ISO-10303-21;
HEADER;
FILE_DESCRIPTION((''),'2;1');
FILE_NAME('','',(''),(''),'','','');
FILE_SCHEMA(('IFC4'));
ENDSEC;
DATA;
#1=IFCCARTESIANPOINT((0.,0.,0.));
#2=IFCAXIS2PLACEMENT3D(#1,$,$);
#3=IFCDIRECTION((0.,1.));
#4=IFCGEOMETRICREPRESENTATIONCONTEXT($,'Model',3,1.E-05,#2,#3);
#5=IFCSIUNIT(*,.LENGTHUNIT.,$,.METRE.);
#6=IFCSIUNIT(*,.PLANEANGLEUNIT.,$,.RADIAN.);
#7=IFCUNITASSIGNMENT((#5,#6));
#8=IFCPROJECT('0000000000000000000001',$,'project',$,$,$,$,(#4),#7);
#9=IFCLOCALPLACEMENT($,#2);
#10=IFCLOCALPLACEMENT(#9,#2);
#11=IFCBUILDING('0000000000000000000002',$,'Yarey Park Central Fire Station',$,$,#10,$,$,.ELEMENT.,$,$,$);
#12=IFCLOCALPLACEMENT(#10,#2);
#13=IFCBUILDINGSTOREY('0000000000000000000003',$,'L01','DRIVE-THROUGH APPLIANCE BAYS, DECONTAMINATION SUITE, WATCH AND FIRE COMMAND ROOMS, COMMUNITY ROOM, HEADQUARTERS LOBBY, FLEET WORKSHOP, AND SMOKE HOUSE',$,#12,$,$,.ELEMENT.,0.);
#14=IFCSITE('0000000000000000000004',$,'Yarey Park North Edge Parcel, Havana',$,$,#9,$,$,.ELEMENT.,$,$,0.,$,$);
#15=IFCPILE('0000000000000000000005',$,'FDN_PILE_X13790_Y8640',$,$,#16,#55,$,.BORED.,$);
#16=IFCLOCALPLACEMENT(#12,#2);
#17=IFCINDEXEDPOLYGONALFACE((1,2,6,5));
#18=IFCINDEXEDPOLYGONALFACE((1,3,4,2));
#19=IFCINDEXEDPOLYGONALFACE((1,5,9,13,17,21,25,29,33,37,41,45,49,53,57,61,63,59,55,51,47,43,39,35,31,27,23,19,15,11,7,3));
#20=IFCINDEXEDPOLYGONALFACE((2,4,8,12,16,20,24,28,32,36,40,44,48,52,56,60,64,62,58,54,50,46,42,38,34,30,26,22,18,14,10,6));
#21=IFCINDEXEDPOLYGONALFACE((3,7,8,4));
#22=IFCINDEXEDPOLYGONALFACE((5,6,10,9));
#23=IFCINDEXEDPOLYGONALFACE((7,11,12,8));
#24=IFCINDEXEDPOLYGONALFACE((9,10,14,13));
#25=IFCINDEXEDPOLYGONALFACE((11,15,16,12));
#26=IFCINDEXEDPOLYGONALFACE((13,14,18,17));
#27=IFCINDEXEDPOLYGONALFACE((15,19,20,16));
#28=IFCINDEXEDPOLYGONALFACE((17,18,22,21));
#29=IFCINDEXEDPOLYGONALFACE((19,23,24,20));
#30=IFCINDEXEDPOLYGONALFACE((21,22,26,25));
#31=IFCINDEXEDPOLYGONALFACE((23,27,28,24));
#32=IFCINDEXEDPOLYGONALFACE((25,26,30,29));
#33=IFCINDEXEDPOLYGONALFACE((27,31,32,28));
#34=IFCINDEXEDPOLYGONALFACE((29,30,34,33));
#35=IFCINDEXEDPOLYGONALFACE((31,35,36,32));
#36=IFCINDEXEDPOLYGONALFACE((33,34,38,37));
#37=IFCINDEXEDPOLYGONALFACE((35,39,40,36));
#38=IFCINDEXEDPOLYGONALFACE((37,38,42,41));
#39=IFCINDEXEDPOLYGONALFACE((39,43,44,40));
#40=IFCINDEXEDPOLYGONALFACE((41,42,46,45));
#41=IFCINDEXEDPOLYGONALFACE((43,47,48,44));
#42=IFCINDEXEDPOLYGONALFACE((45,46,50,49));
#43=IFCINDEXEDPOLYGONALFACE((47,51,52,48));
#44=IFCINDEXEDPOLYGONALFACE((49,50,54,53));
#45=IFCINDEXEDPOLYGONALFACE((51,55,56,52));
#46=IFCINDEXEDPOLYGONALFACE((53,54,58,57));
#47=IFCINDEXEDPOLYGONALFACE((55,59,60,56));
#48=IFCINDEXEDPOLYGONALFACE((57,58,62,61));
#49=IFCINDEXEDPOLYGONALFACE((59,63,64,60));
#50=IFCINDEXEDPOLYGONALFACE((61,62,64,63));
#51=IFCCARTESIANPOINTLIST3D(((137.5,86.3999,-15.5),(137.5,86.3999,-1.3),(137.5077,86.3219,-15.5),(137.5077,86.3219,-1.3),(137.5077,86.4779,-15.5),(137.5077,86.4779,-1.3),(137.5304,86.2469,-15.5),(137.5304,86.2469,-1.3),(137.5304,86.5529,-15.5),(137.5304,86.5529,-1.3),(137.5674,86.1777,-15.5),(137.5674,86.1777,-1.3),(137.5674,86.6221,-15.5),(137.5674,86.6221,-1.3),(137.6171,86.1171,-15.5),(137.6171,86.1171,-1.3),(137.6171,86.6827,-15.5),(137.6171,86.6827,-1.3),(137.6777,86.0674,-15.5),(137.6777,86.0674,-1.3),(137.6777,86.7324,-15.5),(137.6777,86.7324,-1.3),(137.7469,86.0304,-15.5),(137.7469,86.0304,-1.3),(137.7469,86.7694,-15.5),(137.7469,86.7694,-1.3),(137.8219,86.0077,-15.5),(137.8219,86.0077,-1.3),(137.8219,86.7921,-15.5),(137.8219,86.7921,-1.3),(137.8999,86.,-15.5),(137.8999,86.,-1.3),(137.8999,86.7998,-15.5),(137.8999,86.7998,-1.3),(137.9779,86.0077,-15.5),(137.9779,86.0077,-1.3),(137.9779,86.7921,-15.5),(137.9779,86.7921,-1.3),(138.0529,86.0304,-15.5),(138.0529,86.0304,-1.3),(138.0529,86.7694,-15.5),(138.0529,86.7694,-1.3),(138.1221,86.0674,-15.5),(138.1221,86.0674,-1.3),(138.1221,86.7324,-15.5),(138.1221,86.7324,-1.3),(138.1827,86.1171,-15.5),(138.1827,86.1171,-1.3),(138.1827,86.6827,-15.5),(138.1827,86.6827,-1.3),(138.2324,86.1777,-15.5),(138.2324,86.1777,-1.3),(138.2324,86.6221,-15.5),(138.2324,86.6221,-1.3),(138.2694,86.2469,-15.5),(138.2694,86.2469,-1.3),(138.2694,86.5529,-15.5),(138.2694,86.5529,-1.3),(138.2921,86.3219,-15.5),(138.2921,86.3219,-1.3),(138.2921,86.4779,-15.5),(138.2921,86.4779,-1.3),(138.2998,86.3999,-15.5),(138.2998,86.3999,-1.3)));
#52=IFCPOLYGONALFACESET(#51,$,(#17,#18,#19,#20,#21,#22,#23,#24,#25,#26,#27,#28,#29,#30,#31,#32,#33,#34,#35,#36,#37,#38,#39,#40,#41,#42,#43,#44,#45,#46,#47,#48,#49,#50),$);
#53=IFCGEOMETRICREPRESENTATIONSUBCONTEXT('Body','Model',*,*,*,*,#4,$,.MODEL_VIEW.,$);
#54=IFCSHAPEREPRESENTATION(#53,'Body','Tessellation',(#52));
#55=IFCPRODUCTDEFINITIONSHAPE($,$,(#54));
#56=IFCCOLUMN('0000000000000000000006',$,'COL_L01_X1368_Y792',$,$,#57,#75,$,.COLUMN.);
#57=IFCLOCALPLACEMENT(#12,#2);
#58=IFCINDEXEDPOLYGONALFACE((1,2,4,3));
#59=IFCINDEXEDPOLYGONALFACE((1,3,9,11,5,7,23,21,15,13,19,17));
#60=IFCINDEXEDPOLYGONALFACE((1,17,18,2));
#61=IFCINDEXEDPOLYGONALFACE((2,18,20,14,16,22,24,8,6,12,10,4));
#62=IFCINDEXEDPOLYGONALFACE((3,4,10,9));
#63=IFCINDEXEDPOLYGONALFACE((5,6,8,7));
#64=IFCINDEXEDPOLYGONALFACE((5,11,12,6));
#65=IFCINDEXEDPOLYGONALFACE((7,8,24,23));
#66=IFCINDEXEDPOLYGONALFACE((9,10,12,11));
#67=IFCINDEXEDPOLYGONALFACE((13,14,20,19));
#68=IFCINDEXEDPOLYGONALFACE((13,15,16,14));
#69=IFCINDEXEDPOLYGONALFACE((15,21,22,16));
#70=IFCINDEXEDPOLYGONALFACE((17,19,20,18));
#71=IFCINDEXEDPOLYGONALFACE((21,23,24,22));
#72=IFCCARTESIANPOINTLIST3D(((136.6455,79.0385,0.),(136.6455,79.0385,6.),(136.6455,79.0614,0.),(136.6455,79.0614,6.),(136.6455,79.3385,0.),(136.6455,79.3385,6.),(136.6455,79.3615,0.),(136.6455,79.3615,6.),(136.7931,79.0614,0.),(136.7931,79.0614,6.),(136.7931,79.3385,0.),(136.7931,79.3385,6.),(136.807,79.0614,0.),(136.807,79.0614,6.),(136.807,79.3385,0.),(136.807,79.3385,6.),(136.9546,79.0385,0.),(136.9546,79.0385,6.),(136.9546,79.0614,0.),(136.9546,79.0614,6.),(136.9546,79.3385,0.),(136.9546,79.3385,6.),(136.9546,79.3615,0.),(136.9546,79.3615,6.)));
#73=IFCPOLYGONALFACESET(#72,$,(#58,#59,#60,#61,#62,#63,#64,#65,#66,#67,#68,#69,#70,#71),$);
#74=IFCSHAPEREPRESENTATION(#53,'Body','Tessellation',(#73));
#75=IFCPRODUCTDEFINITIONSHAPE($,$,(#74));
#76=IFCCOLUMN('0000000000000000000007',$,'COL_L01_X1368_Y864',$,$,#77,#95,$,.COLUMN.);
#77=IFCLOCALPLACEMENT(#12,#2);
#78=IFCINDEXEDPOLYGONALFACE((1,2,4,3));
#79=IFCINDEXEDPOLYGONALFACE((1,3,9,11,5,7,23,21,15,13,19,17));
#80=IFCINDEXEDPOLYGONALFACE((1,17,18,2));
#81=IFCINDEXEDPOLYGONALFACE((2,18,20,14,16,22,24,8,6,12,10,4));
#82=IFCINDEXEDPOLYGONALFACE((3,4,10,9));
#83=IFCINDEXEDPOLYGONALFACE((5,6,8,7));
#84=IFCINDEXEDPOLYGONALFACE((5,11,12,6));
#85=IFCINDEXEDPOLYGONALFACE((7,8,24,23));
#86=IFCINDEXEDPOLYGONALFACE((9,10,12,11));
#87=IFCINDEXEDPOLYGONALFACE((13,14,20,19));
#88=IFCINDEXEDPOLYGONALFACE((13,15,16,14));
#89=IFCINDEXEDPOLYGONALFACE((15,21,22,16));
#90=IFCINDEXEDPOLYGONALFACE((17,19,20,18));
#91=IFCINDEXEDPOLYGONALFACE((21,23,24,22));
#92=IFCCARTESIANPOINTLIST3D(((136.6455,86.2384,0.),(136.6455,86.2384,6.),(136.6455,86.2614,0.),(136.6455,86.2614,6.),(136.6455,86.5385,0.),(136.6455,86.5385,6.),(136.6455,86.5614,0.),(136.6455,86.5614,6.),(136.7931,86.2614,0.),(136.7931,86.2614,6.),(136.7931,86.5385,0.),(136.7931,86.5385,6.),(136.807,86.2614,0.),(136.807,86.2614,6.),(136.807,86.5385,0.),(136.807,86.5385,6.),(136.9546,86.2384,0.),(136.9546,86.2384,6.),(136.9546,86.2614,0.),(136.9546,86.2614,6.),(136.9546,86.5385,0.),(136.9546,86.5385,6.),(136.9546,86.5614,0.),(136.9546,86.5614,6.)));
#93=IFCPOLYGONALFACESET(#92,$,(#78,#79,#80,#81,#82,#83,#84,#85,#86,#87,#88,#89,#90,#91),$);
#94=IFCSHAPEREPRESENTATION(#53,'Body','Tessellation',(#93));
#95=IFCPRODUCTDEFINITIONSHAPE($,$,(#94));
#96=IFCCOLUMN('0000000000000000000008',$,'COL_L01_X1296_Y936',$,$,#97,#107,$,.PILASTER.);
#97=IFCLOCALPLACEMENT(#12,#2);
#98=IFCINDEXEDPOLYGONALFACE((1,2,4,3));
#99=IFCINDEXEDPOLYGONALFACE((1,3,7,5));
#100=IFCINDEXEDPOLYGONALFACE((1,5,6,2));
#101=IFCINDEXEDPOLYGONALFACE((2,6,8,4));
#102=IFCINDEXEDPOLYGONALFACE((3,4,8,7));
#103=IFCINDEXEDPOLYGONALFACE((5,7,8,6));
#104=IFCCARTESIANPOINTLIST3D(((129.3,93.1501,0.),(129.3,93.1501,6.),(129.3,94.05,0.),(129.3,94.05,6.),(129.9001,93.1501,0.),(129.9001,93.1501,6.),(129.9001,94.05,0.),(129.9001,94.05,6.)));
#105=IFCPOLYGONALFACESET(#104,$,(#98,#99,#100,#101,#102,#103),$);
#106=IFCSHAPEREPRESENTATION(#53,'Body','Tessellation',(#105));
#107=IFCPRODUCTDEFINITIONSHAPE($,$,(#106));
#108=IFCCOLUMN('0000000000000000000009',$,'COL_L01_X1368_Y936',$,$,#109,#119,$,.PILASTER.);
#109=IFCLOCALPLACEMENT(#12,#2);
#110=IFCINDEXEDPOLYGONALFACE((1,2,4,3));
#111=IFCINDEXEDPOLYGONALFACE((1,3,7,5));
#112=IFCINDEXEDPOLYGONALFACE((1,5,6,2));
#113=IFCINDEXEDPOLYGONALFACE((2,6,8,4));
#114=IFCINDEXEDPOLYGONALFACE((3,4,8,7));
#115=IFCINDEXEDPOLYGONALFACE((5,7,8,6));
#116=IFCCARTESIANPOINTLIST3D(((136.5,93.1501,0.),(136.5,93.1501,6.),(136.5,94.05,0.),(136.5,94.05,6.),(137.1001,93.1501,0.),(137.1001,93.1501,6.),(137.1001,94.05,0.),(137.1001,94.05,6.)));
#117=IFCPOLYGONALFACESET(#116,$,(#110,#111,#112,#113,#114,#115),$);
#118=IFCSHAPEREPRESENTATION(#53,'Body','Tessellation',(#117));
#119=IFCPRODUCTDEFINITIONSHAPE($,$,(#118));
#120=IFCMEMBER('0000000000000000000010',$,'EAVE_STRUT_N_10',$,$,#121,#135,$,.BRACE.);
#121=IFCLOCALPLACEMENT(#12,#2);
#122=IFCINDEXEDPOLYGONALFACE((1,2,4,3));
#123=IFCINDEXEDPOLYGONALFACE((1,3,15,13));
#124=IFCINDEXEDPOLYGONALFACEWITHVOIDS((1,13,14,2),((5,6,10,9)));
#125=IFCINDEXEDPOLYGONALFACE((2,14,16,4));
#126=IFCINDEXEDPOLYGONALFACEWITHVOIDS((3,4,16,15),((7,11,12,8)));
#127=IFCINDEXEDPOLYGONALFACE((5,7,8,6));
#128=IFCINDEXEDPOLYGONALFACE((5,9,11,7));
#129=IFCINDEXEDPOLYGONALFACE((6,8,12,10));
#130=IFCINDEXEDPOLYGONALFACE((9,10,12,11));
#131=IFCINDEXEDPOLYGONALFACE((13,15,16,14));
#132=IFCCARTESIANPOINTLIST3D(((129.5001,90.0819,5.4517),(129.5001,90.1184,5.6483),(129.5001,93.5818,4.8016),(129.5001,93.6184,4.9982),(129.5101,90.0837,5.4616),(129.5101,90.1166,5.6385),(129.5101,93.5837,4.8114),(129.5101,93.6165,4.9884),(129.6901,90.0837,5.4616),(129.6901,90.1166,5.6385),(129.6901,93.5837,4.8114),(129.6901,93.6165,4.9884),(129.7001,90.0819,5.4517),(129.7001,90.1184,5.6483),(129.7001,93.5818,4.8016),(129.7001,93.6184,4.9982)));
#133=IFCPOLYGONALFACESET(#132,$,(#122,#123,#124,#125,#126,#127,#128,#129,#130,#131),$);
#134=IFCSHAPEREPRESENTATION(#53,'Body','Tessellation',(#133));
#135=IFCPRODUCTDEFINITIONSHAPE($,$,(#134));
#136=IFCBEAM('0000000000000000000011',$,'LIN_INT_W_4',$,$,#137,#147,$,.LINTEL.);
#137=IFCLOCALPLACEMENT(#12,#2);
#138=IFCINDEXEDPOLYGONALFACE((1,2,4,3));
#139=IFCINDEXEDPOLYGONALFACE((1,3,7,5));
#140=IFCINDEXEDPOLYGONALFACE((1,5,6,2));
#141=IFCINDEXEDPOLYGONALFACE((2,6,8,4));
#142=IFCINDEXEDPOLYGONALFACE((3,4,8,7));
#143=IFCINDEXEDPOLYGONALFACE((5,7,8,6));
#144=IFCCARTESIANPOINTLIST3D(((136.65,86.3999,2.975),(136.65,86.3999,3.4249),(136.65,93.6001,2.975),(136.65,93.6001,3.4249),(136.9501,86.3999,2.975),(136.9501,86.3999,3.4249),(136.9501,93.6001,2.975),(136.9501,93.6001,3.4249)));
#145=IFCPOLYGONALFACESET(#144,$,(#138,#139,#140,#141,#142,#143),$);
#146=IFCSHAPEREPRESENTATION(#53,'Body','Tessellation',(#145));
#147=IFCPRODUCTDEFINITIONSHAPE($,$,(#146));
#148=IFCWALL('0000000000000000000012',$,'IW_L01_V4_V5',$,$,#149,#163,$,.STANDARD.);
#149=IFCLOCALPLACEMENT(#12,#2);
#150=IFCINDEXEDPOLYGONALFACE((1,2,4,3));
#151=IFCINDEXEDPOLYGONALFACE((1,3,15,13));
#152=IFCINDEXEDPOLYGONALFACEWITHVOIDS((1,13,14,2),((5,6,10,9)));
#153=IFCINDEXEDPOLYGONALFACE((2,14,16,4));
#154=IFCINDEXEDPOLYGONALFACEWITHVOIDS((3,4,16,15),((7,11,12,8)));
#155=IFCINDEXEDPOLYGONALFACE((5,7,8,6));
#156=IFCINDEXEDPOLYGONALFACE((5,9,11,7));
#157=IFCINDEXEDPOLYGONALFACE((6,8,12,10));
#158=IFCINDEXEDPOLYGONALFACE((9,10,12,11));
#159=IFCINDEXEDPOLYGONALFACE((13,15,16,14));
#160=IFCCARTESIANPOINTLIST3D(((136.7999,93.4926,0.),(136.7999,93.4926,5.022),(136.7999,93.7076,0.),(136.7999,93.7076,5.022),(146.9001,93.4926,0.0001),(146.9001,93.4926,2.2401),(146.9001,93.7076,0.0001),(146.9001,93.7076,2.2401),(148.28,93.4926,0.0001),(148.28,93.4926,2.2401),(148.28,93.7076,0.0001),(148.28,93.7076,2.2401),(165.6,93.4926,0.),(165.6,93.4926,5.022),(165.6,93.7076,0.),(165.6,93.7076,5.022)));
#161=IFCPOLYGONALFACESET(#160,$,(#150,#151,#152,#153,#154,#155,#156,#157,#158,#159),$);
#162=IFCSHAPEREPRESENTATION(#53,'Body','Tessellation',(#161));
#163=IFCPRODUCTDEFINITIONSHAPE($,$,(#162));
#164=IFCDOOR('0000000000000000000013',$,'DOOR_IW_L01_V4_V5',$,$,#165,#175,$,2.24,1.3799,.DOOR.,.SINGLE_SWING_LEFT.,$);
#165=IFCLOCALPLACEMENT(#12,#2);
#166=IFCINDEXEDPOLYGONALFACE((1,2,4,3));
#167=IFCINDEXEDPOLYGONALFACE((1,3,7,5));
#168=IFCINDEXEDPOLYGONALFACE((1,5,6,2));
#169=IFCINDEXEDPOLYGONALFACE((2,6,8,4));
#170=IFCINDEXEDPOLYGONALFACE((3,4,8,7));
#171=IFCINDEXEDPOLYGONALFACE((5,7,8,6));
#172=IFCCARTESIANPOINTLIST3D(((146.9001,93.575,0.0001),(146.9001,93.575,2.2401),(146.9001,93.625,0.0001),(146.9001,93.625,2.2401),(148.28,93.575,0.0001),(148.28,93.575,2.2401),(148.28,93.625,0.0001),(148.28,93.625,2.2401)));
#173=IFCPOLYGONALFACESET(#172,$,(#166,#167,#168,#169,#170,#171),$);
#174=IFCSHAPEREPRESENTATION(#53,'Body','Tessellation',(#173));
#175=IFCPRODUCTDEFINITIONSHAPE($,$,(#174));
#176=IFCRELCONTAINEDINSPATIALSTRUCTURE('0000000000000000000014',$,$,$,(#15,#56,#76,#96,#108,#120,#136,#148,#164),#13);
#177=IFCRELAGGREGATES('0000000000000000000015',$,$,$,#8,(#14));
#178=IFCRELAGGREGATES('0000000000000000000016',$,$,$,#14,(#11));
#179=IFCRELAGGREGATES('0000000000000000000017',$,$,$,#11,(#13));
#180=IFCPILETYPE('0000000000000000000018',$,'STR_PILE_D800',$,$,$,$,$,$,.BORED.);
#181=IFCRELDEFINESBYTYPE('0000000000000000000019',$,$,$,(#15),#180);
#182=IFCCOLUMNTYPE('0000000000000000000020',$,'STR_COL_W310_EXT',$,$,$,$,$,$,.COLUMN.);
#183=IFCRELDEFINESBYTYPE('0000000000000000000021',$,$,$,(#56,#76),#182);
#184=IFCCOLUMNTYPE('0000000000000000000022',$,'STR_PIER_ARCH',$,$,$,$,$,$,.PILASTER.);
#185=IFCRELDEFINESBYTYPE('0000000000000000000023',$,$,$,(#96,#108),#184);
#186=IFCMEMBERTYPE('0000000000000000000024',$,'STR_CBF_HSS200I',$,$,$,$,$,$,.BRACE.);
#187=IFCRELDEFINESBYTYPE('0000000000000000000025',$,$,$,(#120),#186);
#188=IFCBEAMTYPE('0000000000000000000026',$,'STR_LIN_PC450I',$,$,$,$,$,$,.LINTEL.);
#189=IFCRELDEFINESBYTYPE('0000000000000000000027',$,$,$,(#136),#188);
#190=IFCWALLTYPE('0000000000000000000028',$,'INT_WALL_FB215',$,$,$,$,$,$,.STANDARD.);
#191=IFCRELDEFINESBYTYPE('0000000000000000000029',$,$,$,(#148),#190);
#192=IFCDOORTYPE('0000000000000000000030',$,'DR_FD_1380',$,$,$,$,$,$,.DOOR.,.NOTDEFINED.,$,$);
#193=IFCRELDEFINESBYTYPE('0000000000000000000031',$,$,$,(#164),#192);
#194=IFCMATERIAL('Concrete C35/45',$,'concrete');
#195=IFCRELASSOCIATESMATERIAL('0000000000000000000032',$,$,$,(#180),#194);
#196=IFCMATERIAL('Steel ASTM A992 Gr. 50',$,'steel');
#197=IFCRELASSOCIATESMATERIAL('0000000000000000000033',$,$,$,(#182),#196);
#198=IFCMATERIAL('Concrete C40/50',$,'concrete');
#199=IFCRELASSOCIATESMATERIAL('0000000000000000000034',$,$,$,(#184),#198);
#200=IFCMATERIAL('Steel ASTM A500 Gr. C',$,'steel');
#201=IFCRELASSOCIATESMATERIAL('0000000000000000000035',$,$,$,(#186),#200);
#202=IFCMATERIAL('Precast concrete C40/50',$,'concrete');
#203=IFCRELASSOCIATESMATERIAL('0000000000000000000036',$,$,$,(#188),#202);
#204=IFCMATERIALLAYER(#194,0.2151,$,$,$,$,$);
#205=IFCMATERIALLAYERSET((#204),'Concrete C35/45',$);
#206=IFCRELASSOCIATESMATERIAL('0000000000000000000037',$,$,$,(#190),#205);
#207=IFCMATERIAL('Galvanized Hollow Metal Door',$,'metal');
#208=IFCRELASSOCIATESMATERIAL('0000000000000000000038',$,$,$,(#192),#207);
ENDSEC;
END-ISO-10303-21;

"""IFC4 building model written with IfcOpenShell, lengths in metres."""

from ifc_helpers import new_model, si_unit, direction, frame, frame_2d, origin, origin_2d, place, context, subcontext, project, spatial, rectangle, hollow_rectangle, circle, i_section, extrude, material, layer, layer_set, material_profile, profile_set, type_object, element, fill, save


model = new_model("IFC4")

# Units and contexts
model_context = context("Model", 3, precision=1e-05, world=origin(), true_north=direction((0.0, 1.0)))
body_context = subcontext(model_context, "Body", "Model", "MODEL_VIEW")
ifc_project = project(units=[si_unit("LENGTHUNIT", "METRE"), si_unit("PLANEANGLEUNIT", "RADIAN")], contexts=[model_context])

# Site, building, storey
site_placement = place(None, origin())
site = spatial("IfcSite", under=ifc_project, at=site_placement, Name="Yarey Park North Edge Parcel, Havana", CompositionType="ELEMENT", RefElevation=0.0)
building_placement = place(site_placement, origin())
building = spatial("IfcBuilding", under=site, at=building_placement, Name="Yarey Park Central Fire Station", CompositionType="ELEMENT")
storey_placement = place(building_placement, origin())
storey = spatial("IfcBuildingStorey", under=building, at=storey_placement, Name="L01", Description="DRIVE-THROUGH APPLIANCE BAYS, DECONTAMINATION SUITE, WATCH AND FIRE COMMAND ROOMS, COMMUNITY ROOM, HEADQUARTERS LOBBY, FLEET WORKSHOP, AND SMOKE HOUSE", CompositionType="ELEMENT", Elevation=0.0)

# Shared definitions
ifc_material_1 = material(Name="Concrete C35/45", Category="concrete")

# Pile
ifc_material_profile_1 = material_profile(ifc_material_1, circle(Radius=0.3999, at=origin_2d()), Name="BORED PILE D800")
ifc_profile_set_1 = profile_set([ifc_material_profile_1], Name="Concrete C35/45")
pile_type_1 = type_object("IfcPileType", Name="STR_PILE_D800", PredefinedType="BORED", material=ifc_profile_set_1)
for number, where, z_axis, x_axis, name in (
    (1, (137.8999, 86.3999, -1.3), (0.0, 0.0, -1.0), (1.0, 0.0, 0.0), "FDN_PILE_X13790_Y8640"),
):
    element("IfcPile", number, at=place(storey_placement, frame(where, z_axis=z_axis, x_axis=x_axis)), inside=storey, type_object=pile_type_1, Name=name, PredefinedType="BORED", context=body_context, shape_type="SweptSolid", body=[
        extrude(circle(Radius=0.3999, at=origin_2d()), origin(), (0.0, 0.0, 1.0), 14.2),
    ])

# Columns
ifc_material_2 = material(Name="Steel ASTM A992 Gr. 50", Category="steel")
ifc_material_profile_2 = material_profile(ifc_material_2, i_section(OverallWidth=0.3091, OverallDepth=0.323, WebThickness=0.0139, FlangeThickness=0.0229, at=origin_2d()), Name="W310x143")
ifc_profile_set_2 = profile_set([ifc_material_profile_2], Name="Steel ASTM A992 Gr. 50")
column_type_1 = type_object("IfcColumnType", Name="STR_COL_W310_EXT", PredefinedType="COLUMN", material=ifc_profile_set_2)
for number, where, z_axis, x_axis, name in (
    (2, (136.8, 79.2, 0.0), (0.0, 0.0, 1.0), (1.0, 0.0, 0.0), "COL_L01_X1368_Y792"),
    (3, (136.8, 86.3999, 0.0), (0.0, 0.0, 1.0), (1.0, 0.0, 0.0), "COL_L01_X1368_Y864"),
):
    element("IfcColumn", number, at=place(storey_placement, frame(where, z_axis=z_axis, x_axis=x_axis)), inside=storey, type_object=column_type_1, Name=name, PredefinedType="COLUMN", context=body_context, shape_type="SweptSolid", body=[
        extrude(i_section(OverallWidth=0.3091, OverallDepth=0.323, WebThickness=0.0139, FlangeThickness=0.0229, at=origin_2d()), origin(), (0.0, 0.0, 1.0), 6.0),
    ])
ifc_material_3 = material(Name="Concrete C40/50", Category="concrete")
ifc_material_profile_3 = material_profile(ifc_material_3, rectangle(XDim=0.6001, YDim=0.8999, at=origin_2d()), Name="RC 900x600")
ifc_profile_set_3 = profile_set([ifc_material_profile_3], Name="Concrete C40/50")
column_type_2 = type_object("IfcColumnType", Name="STR_PIER_ARCH", PredefinedType="PILASTER", material=ifc_profile_set_3)
for number, where, z_axis, x_axis, name in (
    (4, (129.6001, 93.6001, 0.0), (0.0, 0.0, 1.0), (1.0, 0.0, 0.0), "COL_L01_X1296_Y936"),
    (5, (136.8, 93.6001, 0.0), (0.0, 0.0, 1.0), (1.0, 0.0, 0.0), "COL_L01_X1368_Y936"),
):
    element("IfcColumn", number, at=place(storey_placement, frame(where, z_axis=z_axis, x_axis=x_axis)), inside=storey, type_object=column_type_2, Name=name, PredefinedType="PILASTER", context=body_context, shape_type="SweptSolid", body=[
        extrude(rectangle(XDim=0.6001, YDim=0.8999, at=origin_2d()), origin(), (0.0, 0.0, 1.0), 6.0),
    ])

# Member
ifc_material_4 = material(Name="Steel ASTM A500 Gr. C", Category="steel")
ifc_material_profile_4 = material_profile(ifc_material_4, hollow_rectangle(XDim=0.2, YDim=0.2, WallThickness=0.01, at=origin_2d()), Name="HSS 200x200x10")
ifc_profile_set_4 = profile_set([ifc_material_profile_4], Name="Steel ASTM A500 Gr. C")
member_type = type_object("IfcMemberType", Name="STR_CBF_HSS200I", PredefinedType="BRACE", material=ifc_profile_set_4)
member_placement = place(storey_placement, frame((129.6001, 93.6001, 4.8999), z_axis=(0.0, -0.983181, 0.182632), x_axis=(1.0, 0.0, 0.0)))
element("IfcMember", 6, at=member_placement, inside=storey, type_object=member_type, Name="EAVE_STRUT_N_10", PredefinedType="BRACE", context=body_context, shape_type="SweptSolid", body=[
    extrude(hollow_rectangle(XDim=0.2, YDim=0.2, WallThickness=0.01, at=origin_2d()), origin(), (0.0, 0.0, 1.0), 3.5598),
])

# Beam
ifc_material_5 = material(Name="Precast concrete C40/50", Category="concrete")
ifc_material_profile_5 = material_profile(ifc_material_5, rectangle(XDim=0.3, YDim=0.45, at=origin_2d()), Name="PC 300x450")
ifc_profile_set_5 = profile_set([ifc_material_profile_5], Name="Precast concrete C40/50")
beam_type = type_object("IfcBeamType", Name="STR_LIN_PC450I", PredefinedType="LINTEL", material=ifc_profile_set_5)
beam_placement = place(storey_placement, frame((136.8, 86.3999, 3.2), z_axis=(0.0, 1.0, 0.0), x_axis=(-1.0, 0.0, 0.0)))
element("IfcBeam", 7, at=beam_placement, inside=storey, type_object=beam_type, Name="LIN_INT_W_4", PredefinedType="LINTEL", context=body_context, shape_type="SweptSolid", body=[
    extrude(rectangle(XDim=0.3, YDim=0.45, at=origin_2d()), origin(), (0.0, 0.0, 1.0), 7.2002),
])

# Wall, opening, door
ifc_layer = layer(ifc_material_1, 0.2151)
ifc_layer_set = layer_set([ifc_layer], Name="Concrete C35/45")
wall_type = type_object("IfcWallType", Name="INT_WALL_FB215", PredefinedType="STANDARD", material=ifc_layer_set)
wall_placement = place(storey_placement, frame((136.8, 93.6001, 0.0), z_axis=(0.0, 0.0, 1.0), x_axis=(1.0, 0.0, 0.0)))
wall = element("IfcWall", 8, at=wall_placement, inside=storey, type_object=wall_type, Name="IW_L01_V4_V5", PredefinedType="STANDARD", context=body_context, shape_type="SweptSolid", body=[
    extrude(rectangle(XDim=28.8, YDim=0.2151, at=frame_2d((14.3999, 0.0))), origin(), (0.0, 0.0, 1.0), 5.022),
])
opening_placement = place(wall_placement, frame((10.1001, 0.0, 0.0)))
opening = element("IfcOpeningElement", 9, at=opening_placement, cuts=wall, PredefinedType="OPENING", context=body_context, shape_type="SweptSolid", body=[
    extrude(rectangle(XDim=1.3799, YDim=2.24, at=frame_2d((0.6899, 1.1201))), frame((0.0, 0.1174, 0.0), z_axis=(0.0, -1.0, 0.0), x_axis=(1.0, 0.0, 0.0)), (0.0, 0.0, 1.0), 0.2351),
])
ifc_material_6 = material(Name="Galvanized Hollow Metal Door", Category="metal")
door_type = type_object("IfcDoorType", Name="DR_FD_1380", OperationType="NOTDEFINED", PredefinedType="DOOR", material=ifc_material_6)
door_placement = place(opening_placement, origin())
door = element("IfcDoor", 10, at=door_placement, inside=storey, type_object=door_type, Name="DOOR_IW_L01_V4_V5", OperationType="SINGLE_SWING_LEFT", OverallHeight=2.24, OverallWidth=1.3799, PredefinedType="DOOR", context=body_context, shape_type="SweptSolid", body=[
    extrude(rectangle(XDim=1.3799, YDim=2.24, at=frame_2d((0.6899, 1.1201))), frame((0.0, 0.0249, 0.0), z_axis=(0.0, -1.0, 0.0), x_axis=(1.0, 0.0, 0.0)), (0.0, 0.0, 1.0), 0.05),
])
fill(opening, door)

save(model, "model.ifc")
